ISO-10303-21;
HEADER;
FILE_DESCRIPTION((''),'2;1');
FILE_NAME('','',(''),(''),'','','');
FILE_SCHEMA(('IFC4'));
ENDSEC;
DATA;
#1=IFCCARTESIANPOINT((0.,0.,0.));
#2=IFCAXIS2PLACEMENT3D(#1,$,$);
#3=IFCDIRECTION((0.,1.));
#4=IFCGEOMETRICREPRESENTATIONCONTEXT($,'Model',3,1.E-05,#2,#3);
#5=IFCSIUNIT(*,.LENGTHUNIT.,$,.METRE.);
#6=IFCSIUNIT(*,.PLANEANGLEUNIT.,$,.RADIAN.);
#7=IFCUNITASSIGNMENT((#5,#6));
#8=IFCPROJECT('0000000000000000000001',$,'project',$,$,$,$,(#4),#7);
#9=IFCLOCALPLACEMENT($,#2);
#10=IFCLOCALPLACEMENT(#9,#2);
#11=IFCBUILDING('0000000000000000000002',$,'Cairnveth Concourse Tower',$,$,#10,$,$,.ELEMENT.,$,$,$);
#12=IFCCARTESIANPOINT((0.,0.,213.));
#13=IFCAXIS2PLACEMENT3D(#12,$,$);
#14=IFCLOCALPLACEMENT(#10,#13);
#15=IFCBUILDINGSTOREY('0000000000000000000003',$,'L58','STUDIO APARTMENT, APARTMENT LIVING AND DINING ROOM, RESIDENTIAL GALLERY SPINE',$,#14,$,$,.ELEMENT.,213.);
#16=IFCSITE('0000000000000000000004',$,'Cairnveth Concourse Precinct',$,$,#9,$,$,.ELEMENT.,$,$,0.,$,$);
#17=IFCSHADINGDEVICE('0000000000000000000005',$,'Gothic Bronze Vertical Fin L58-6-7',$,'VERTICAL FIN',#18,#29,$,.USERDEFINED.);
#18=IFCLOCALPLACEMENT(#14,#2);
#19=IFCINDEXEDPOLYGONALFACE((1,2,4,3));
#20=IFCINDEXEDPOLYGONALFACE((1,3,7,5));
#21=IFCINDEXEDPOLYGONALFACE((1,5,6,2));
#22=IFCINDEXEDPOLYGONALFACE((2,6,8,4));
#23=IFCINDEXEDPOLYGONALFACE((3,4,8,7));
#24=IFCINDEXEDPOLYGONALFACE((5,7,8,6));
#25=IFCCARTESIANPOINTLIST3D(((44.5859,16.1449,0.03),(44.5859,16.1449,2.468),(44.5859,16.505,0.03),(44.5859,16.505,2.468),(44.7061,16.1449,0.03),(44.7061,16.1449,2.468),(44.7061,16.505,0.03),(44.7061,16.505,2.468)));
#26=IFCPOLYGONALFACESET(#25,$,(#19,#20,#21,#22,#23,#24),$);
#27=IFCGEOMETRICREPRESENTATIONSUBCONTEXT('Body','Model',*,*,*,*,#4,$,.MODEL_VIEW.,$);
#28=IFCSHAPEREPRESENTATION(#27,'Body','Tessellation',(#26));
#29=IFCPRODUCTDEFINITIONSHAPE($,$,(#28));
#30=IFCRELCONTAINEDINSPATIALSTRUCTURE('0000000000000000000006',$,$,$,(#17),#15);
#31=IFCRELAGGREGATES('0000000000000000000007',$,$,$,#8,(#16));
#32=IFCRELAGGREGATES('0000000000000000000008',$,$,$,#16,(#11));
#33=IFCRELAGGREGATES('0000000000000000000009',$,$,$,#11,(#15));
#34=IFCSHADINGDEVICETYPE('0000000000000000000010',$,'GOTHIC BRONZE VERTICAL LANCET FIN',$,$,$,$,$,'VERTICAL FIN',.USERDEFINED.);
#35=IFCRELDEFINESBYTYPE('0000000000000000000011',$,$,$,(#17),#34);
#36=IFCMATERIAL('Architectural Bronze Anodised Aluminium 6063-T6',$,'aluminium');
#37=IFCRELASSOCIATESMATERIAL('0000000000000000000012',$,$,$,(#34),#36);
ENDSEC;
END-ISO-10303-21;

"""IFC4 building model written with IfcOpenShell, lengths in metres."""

from ifc_helpers import new_model, si_unit, direction, frame, origin, origin_2d, place, context, subcontext, project, spatial, rectangle, extrude, material, type_object, element, save


model = new_model("IFC4")

# Units and contexts
model_context = context("Model", 3, precision=1e-05, world=origin(), true_north=direction((0.0, 1.0)))
body_context = subcontext(model_context, "Body", "Model", "MODEL_VIEW")
ifc_project = project(units=[si_unit("LENGTHUNIT", "METRE"), si_unit("PLANEANGLEUNIT", "RADIAN")], contexts=[model_context])

# Site, building, storey
site_placement = place(None, origin())
site = spatial("IfcSite", under=ifc_project, at=site_placement, Name="Cairnveth Concourse Precinct", CompositionType="ELEMENT", RefElevation=0.0)
building_placement = place(site_placement, origin())
building = spatial("IfcBuilding", under=site, at=building_placement, Name="Cairnveth Concourse Tower", CompositionType="ELEMENT")
storey_placement = place(building_placement, frame((0.0, 0.0, 213.0)))
storey = spatial("IfcBuildingStorey", under=building, at=storey_placement, Name="L58", Description="STUDIO APARTMENT, APARTMENT LIVING AND DINING ROOM, RESIDENTIAL GALLERY SPINE", CompositionType="ELEMENT", Elevation=213.0)

# Shading device
ifc_material_1 = material(Name="Architectural Bronze Anodised Aluminium 6063-T6", Category="aluminium")
shading_device_type = type_object("IfcShadingDeviceType", Name="GOTHIC BRONZE VERTICAL LANCET FIN", ElementType="VERTICAL FIN", PredefinedType="USERDEFINED", material=ifc_material_1)
shading_device_placement = place(storey_placement, frame((44.646, 16.325, 0.03), z_axis=(0.0, 0.0, 1.0), x_axis=(1.0, 0.0, 0.0)))
element("IfcShadingDevice", 1, at=shading_device_placement, inside=storey, type_object=shading_device_type, Name="Gothic Bronze Vertical Fin L58-6-7", ObjectType="VERTICAL FIN", PredefinedType="USERDEFINED", context=body_context, shape_type="SweptSolid", body=[
    extrude(rectangle(XDim=0.1201, YDim=0.3601, at=origin_2d()), origin(), (0.0, 0.0, 1.0), 2.438),
])

save(model, "model.ifc")
